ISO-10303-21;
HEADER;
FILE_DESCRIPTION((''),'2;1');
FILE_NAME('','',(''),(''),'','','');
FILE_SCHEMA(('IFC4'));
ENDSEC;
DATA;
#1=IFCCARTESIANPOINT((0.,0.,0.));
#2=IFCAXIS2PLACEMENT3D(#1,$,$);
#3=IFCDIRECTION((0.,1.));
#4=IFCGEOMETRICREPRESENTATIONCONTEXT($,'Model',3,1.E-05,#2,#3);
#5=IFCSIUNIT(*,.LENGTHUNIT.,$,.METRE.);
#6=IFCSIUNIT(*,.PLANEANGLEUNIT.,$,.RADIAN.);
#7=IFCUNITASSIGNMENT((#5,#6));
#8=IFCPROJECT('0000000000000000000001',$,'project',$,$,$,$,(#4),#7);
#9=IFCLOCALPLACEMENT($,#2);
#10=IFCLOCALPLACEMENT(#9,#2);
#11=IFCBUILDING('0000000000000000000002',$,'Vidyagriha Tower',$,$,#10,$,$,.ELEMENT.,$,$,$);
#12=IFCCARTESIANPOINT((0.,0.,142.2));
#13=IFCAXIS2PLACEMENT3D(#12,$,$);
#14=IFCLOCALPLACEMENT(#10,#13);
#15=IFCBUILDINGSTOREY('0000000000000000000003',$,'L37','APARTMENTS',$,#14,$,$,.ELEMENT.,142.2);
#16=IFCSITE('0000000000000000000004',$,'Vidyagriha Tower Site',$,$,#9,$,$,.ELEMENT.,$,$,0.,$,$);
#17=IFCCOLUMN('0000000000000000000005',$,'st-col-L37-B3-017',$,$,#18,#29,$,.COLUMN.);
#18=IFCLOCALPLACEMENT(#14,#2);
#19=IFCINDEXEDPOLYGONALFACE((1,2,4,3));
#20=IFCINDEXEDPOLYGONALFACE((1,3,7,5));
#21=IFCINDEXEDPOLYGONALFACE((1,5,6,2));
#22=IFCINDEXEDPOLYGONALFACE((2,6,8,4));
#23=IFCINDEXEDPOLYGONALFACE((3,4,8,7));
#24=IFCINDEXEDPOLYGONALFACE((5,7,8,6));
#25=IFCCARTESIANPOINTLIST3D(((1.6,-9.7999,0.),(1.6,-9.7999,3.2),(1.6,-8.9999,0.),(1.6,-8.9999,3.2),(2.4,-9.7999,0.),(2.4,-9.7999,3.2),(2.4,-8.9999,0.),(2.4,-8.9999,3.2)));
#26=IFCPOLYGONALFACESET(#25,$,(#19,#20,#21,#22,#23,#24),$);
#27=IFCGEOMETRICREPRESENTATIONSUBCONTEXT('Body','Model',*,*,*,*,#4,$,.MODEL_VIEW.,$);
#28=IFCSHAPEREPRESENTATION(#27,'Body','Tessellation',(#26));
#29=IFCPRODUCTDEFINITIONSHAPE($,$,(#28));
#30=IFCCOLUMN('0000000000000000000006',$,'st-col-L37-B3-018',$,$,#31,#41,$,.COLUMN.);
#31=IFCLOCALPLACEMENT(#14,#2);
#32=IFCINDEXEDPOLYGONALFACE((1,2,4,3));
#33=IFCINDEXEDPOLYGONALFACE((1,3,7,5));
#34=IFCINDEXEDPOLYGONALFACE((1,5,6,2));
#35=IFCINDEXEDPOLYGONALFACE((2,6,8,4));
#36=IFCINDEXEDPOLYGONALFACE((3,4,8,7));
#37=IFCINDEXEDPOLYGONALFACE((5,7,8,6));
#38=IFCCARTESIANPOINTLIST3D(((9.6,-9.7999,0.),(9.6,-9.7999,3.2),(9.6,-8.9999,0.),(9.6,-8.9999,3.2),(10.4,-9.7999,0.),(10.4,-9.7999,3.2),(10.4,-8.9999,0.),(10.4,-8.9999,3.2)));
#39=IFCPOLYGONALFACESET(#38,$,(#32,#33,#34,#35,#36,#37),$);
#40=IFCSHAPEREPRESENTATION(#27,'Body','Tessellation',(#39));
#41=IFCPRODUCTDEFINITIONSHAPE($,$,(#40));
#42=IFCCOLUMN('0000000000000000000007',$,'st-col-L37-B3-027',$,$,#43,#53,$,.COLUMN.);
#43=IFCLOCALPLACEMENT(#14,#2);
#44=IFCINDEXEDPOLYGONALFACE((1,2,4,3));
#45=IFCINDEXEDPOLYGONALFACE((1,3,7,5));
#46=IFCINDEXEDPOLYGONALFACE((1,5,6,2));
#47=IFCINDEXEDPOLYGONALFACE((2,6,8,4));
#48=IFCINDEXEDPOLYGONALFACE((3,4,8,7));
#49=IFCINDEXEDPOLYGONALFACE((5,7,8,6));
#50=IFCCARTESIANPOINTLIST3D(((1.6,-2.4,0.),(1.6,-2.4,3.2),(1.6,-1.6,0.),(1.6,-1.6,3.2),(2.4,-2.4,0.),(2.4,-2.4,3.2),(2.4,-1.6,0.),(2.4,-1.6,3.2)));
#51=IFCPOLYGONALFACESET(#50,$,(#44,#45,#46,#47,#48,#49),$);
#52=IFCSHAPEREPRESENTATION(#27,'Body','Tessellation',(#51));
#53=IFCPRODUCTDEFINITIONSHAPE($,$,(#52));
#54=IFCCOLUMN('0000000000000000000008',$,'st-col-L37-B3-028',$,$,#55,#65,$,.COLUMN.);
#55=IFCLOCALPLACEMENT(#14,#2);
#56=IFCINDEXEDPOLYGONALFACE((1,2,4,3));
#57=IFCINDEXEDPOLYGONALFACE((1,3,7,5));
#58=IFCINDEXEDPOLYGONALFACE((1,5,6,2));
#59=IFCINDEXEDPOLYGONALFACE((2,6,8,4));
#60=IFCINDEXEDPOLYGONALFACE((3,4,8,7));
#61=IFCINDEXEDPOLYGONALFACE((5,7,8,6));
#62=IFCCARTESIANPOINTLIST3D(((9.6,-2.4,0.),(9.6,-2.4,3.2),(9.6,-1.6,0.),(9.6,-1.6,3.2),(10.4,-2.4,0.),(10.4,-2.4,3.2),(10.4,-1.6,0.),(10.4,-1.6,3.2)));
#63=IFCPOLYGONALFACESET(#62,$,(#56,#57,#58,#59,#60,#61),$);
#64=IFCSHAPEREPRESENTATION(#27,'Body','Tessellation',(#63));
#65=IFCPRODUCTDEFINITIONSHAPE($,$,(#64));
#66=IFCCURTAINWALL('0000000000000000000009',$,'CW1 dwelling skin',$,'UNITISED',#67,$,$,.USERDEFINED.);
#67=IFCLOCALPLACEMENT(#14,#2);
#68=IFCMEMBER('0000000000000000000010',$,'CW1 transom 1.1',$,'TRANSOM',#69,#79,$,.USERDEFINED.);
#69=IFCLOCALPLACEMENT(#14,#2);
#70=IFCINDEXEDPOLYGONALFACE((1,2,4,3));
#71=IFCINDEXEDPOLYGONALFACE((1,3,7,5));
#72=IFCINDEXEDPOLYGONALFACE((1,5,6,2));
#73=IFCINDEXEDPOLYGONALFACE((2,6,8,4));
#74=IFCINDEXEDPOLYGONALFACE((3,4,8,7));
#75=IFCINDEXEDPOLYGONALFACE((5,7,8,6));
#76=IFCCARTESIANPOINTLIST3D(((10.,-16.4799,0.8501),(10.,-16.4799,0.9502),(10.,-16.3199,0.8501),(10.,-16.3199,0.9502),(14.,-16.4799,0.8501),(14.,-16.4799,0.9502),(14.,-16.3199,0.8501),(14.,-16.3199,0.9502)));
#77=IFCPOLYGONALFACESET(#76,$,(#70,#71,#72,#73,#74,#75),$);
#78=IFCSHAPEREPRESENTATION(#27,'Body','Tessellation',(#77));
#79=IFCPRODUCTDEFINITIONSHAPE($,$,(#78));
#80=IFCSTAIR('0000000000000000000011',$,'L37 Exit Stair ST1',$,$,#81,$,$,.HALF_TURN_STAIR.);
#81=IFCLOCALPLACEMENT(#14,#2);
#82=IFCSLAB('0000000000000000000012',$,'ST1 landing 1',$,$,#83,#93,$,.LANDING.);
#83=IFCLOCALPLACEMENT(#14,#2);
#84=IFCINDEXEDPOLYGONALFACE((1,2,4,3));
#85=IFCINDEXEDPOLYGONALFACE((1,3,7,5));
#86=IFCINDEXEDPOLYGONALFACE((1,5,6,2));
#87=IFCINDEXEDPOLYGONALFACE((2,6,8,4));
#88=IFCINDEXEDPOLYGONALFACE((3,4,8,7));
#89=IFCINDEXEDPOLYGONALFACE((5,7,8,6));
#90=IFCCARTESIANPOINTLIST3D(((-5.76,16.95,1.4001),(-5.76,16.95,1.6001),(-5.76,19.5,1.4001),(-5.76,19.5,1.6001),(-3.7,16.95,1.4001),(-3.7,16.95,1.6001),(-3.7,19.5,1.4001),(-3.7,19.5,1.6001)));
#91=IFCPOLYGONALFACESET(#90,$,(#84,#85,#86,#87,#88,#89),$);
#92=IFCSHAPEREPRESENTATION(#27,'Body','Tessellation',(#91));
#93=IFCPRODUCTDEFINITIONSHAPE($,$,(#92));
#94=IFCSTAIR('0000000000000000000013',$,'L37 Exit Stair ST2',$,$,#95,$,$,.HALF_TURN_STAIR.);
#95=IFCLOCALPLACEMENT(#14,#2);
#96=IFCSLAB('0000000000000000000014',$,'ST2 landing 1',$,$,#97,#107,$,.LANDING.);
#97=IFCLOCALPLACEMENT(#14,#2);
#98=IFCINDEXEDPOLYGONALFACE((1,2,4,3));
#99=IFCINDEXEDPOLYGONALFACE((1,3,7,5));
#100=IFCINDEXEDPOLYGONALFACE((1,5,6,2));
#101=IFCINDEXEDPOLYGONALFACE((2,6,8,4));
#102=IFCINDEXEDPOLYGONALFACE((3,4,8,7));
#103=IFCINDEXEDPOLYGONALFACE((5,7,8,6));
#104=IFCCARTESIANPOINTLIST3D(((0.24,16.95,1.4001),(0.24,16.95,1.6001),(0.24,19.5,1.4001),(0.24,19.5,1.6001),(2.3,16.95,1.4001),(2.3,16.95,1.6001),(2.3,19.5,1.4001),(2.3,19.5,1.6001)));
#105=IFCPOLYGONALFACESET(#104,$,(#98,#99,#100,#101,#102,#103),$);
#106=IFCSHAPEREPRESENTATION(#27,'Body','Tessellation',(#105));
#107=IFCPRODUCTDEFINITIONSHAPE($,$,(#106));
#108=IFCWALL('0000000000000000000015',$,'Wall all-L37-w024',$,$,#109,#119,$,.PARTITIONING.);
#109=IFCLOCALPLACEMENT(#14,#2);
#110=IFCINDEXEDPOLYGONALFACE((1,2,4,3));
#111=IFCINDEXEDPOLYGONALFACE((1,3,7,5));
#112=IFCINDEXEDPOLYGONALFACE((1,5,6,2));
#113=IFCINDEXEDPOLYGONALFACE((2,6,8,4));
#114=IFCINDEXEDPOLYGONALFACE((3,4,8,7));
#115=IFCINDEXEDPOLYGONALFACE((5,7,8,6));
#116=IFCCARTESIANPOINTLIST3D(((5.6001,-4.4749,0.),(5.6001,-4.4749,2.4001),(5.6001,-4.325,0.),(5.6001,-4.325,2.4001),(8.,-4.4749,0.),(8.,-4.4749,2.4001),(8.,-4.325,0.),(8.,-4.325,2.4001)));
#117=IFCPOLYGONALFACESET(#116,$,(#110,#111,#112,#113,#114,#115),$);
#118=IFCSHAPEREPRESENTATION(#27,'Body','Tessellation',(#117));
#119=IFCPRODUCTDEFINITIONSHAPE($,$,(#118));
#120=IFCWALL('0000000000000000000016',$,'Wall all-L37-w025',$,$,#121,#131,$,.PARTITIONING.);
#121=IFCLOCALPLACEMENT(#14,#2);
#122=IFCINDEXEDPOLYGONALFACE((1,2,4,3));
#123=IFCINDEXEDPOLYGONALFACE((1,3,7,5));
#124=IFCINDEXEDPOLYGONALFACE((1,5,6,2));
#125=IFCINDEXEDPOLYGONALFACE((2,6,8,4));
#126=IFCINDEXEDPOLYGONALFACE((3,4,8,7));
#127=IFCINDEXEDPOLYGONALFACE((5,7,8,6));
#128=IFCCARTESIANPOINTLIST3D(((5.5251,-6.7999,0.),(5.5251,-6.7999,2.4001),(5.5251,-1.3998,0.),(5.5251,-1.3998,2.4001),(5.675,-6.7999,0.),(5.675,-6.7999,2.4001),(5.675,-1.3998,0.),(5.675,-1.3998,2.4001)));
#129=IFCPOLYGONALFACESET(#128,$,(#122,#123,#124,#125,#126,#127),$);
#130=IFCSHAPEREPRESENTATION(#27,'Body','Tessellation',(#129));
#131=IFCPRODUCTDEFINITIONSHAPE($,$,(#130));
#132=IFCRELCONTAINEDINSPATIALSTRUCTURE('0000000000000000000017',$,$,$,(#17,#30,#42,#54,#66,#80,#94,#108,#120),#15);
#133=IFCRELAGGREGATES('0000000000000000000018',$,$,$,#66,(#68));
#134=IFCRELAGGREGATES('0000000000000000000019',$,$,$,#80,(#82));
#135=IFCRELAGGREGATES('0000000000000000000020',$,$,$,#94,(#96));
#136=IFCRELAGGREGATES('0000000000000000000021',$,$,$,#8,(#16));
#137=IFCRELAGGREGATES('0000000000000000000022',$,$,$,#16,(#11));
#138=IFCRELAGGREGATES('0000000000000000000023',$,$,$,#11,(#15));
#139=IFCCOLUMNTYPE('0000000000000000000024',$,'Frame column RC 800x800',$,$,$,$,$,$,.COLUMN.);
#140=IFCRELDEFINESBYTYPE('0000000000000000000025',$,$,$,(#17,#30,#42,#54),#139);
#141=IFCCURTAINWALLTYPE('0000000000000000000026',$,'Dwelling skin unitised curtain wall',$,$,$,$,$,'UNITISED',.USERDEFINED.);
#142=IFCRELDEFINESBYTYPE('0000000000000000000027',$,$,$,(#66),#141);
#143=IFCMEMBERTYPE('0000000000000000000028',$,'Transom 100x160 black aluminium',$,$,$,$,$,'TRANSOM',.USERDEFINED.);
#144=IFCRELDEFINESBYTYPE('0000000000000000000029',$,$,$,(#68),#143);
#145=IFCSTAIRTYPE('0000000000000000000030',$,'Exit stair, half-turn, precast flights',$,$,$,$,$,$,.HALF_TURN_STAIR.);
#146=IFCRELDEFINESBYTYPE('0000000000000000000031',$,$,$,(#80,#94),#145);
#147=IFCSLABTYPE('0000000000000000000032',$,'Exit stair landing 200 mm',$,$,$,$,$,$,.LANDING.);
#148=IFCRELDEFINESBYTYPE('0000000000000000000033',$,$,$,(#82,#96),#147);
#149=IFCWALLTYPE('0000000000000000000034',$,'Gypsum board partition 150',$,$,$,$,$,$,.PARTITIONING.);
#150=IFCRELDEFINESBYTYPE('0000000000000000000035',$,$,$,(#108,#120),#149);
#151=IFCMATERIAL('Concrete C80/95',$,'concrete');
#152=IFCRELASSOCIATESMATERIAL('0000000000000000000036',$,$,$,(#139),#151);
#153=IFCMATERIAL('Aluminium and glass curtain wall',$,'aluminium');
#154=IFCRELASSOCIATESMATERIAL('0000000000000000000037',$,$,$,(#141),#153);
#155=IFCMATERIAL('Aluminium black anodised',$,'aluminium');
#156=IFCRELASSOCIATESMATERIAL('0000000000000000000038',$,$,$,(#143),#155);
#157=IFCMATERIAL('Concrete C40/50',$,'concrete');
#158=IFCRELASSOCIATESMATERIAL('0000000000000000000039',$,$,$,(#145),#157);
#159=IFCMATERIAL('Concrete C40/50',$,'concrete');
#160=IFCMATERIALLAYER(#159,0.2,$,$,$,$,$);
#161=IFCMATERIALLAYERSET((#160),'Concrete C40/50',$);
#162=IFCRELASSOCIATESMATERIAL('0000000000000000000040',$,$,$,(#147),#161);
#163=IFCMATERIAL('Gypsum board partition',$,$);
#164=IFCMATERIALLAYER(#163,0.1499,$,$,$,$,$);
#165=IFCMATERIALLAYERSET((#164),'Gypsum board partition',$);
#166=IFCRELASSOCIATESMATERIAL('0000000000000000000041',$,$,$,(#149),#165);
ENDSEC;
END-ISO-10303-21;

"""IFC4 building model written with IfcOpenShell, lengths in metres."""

from ifc_helpers import new_model, si_unit, direction, frame, frame_2d, origin, origin_2d, place, context, subcontext, project, spatial, polyline, rectangle, outline, extrude, material, layer, layer_set, material_profile, profile_set, type_object, element, aggregate, save


model = new_model("IFC4")

# Units and contexts
model_context = context("Model", 3, precision=1e-05, world=origin(), true_north=direction((0.0, 1.0)))
body_context = subcontext(model_context, "Body", "Model", "MODEL_VIEW")
ifc_project = project(units=[si_unit("LENGTHUNIT", "METRE"), si_unit("PLANEANGLEUNIT", "RADIAN")], contexts=[model_context])

# Site, building, storey
site_placement = place(None, origin())
site = spatial("IfcSite", under=ifc_project, at=site_placement, Name="Vidyagriha Tower Site", CompositionType="ELEMENT", RefElevation=0.0)
building_placement = place(site_placement, origin())
building = spatial("IfcBuilding", under=site, at=building_placement, Name="Vidyagriha Tower", CompositionType="ELEMENT")
storey_placement = place(building_placement, frame((0.0, 0.0, 142.2)))
storey = spatial("IfcBuildingStorey", under=building, at=storey_placement, Name="L37", Description="APARTMENTS", CompositionType="ELEMENT", Elevation=142.2)

# Columns
ifc_material_1 = material(Name="Concrete C80/95", Category="concrete")
ifc_material_profile_1 = material_profile(ifc_material_1, rectangle(XDim=0.8, YDim=0.8, at=origin_2d()), Name="RC 800x800")
ifc_profile_set_1 = profile_set([ifc_material_profile_1], Name="Concrete C80/95")
column_type = type_object("IfcColumnType", Name="Frame column RC 800x800", PredefinedType="COLUMN", material=ifc_profile_set_1)
for number, where, name in (
    (1, (2.0, -9.3999, 0.0), "st-col-L37-B3-017"),
    (2, (10.0, -9.3999, 0.0), "st-col-L37-B3-018"),
    (3, (2.0, -2.0, 0.0), "st-col-L37-B3-027"),
    (4, (10.0, -2.0, 0.0), "st-col-L37-B3-028"),
):
    element("IfcColumn", number, at=place(storey_placement, frame(where)), inside=storey, type_object=column_type, Name=name, PredefinedType="COLUMN", context=body_context, shape_type="SweptSolid", body=[
        extrude(rectangle(XDim=0.8, YDim=0.8, at=origin_2d()), origin(), (0.0, 0.0, 1.0), 3.2),
    ])

# Curtain wall, member
ifc_material_2 = material(Name="Aluminium and glass curtain wall", Category="aluminium")
curtain_wall_type = type_object("IfcCurtainWallType", Name="Dwelling skin unitised curtain wall", ElementType="UNITISED", PredefinedType="USERDEFINED", material=ifc_material_2)
curtain_wall_placement = place(storey_placement, origin())
curtain_wall = element("IfcCurtainWall", 5, at=curtain_wall_placement, inside=storey, type_object=curtain_wall_type, Name="CW1 dwelling skin", ObjectType="UNITISED", PredefinedType="USERDEFINED")
ifc_material_3 = material(Name="Aluminium black anodised", Category="aluminium")
ifc_material_profile_2 = material_profile(ifc_material_3, rectangle(XDim=0.1599, YDim=0.1001, at=origin_2d()), Name="Transom 100x160 black aluminium")
ifc_profile_set_2 = profile_set([ifc_material_profile_2], Name="Aluminium black anodised")
member_type = type_object("IfcMemberType", Name="Transom 100x160 black aluminium", ElementType="TRANSOM", PredefinedType="USERDEFINED", material=ifc_profile_set_2)
member_placement = place(storey_placement, frame((10.0, -16.3999, 0.9001), z_axis=(1.0, 0.0, 0.0), x_axis=(0.0, 1.0, 0.0)))
member = element("IfcMember", 6, at=member_placement, type_object=member_type, Name="CW1 transom 1.1", ObjectType="TRANSOM", PredefinedType="USERDEFINED", context=body_context, shape_type="SweptSolid", body=[
    extrude(rectangle(XDim=0.1599, YDim=0.1001, at=origin_2d()), origin(), (0.0, 0.0, 1.0), 4.0),
])
aggregate(curtain_wall, [member])

# Stairs, slabs
ifc_material_4 = material(Name="Concrete C40/50", Category="concrete")
stair_type = type_object("IfcStairType", Name="Exit stair, half-turn, precast flights", PredefinedType="HALF_TURN_STAIR", material=ifc_material_4)
stair_1_placement = place(storey_placement, origin())
stair_1 = element("IfcStair", 7, at=stair_1_placement, inside=storey, type_object=stair_type, Name="L37 Exit Stair ST1", PredefinedType="HALF_TURN_STAIR")
ifc_material_5 = material(Name="Concrete C40/50", Category="concrete")
ifc_layer_1 = layer(ifc_material_5, 0.2)
ifc_layer_set_1 = layer_set([ifc_layer_1], Name="Concrete C40/50")
slab_type = type_object("IfcSlabType", Name="Exit stair landing 200 mm", PredefinedType="LANDING", material=ifc_layer_set_1)
slab_1_placement = place(storey_placement, frame((0.0, 0.0, 1.4001)))
slab_1 = element("IfcSlab", 8, at=slab_1_placement, type_object=slab_type, Name="ST1 landing 1", PredefinedType="LANDING", context=body_context, shape_type="SweptSolid", body=[
    extrude(outline(polyline([(-5.76, 16.95), (-3.7, 16.95), (-3.7, 19.5), (-5.76, 19.5), (-5.76, 16.95)])), origin(), (0.0, 0.0, 1.0), 0.2),
])
aggregate(stair_1, [slab_1])
stair_2_placement = place(storey_placement, origin())
stair_2 = element("IfcStair", 9, at=stair_2_placement, inside=storey, type_object=stair_type, Name="L37 Exit Stair ST2", PredefinedType="HALF_TURN_STAIR")
slab_2_placement = place(storey_placement, frame((0.0, 0.0, 1.4001)))
slab_2 = element("IfcSlab", 10, at=slab_2_placement, type_object=slab_type, Name="ST2 landing 1", PredefinedType="LANDING", context=body_context, shape_type="SweptSolid", body=[
    extrude(outline(polyline([(0.24, 16.95), (2.3, 16.95), (2.3, 19.5), (0.24, 19.5), (0.24, 16.95)])), origin(), (0.0, 0.0, 1.0), 0.2),
])
aggregate(stair_2, [slab_2])

# Walls
ifc_material_6 = material(Name="Gypsum board partition")
ifc_layer_2 = layer(ifc_material_6, 0.1499)
ifc_layer_set_2 = layer_set([ifc_layer_2], Name="Gypsum board partition")
wall_type_1 = type_object("IfcWallType", Name="Gypsum board partition 150", PredefinedType="PARTITIONING", material=ifc_layer_set_2)
wall_1_placement = place(storey_placement, frame((8.0, -4.3999, 0.0), z_axis=(0.0, 0.0, 1.0), x_axis=(-1.0, 0.0, 0.0)))
element("IfcWall", 11, at=wall_1_placement, inside=storey, type_object=wall_type_1, Name="Wall all-L37-w024", PredefinedType="PARTITIONING", context=body_context, shape_type="SweptSolid", body=[
    extrude(rectangle(XDim=2.3999, YDim=0.1499, at=frame_2d((1.2, 0.0))), origin(), (0.0, 0.0, 1.0), 2.4001),
])
wall_2_placement = place(storey_placement, frame((5.6001, -6.8, 0.0), z_axis=(0.0, 0.0, 1.0), x_axis=(0.0, 1.0, 0.0)))
element("IfcWall", 12, at=wall_2_placement, inside=storey, type_object=wall_type_1, Name="Wall all-L37-w025", PredefinedType="PARTITIONING", context=body_context, shape_type="SweptSolid", body=[
    extrude(rectangle(XDim=5.4001, YDim=0.1499, at=frame_2d((2.7002, 0.0))), origin(), (0.0, 0.0, 1.0), 2.4001),
])

save(model, "model.ifc")
